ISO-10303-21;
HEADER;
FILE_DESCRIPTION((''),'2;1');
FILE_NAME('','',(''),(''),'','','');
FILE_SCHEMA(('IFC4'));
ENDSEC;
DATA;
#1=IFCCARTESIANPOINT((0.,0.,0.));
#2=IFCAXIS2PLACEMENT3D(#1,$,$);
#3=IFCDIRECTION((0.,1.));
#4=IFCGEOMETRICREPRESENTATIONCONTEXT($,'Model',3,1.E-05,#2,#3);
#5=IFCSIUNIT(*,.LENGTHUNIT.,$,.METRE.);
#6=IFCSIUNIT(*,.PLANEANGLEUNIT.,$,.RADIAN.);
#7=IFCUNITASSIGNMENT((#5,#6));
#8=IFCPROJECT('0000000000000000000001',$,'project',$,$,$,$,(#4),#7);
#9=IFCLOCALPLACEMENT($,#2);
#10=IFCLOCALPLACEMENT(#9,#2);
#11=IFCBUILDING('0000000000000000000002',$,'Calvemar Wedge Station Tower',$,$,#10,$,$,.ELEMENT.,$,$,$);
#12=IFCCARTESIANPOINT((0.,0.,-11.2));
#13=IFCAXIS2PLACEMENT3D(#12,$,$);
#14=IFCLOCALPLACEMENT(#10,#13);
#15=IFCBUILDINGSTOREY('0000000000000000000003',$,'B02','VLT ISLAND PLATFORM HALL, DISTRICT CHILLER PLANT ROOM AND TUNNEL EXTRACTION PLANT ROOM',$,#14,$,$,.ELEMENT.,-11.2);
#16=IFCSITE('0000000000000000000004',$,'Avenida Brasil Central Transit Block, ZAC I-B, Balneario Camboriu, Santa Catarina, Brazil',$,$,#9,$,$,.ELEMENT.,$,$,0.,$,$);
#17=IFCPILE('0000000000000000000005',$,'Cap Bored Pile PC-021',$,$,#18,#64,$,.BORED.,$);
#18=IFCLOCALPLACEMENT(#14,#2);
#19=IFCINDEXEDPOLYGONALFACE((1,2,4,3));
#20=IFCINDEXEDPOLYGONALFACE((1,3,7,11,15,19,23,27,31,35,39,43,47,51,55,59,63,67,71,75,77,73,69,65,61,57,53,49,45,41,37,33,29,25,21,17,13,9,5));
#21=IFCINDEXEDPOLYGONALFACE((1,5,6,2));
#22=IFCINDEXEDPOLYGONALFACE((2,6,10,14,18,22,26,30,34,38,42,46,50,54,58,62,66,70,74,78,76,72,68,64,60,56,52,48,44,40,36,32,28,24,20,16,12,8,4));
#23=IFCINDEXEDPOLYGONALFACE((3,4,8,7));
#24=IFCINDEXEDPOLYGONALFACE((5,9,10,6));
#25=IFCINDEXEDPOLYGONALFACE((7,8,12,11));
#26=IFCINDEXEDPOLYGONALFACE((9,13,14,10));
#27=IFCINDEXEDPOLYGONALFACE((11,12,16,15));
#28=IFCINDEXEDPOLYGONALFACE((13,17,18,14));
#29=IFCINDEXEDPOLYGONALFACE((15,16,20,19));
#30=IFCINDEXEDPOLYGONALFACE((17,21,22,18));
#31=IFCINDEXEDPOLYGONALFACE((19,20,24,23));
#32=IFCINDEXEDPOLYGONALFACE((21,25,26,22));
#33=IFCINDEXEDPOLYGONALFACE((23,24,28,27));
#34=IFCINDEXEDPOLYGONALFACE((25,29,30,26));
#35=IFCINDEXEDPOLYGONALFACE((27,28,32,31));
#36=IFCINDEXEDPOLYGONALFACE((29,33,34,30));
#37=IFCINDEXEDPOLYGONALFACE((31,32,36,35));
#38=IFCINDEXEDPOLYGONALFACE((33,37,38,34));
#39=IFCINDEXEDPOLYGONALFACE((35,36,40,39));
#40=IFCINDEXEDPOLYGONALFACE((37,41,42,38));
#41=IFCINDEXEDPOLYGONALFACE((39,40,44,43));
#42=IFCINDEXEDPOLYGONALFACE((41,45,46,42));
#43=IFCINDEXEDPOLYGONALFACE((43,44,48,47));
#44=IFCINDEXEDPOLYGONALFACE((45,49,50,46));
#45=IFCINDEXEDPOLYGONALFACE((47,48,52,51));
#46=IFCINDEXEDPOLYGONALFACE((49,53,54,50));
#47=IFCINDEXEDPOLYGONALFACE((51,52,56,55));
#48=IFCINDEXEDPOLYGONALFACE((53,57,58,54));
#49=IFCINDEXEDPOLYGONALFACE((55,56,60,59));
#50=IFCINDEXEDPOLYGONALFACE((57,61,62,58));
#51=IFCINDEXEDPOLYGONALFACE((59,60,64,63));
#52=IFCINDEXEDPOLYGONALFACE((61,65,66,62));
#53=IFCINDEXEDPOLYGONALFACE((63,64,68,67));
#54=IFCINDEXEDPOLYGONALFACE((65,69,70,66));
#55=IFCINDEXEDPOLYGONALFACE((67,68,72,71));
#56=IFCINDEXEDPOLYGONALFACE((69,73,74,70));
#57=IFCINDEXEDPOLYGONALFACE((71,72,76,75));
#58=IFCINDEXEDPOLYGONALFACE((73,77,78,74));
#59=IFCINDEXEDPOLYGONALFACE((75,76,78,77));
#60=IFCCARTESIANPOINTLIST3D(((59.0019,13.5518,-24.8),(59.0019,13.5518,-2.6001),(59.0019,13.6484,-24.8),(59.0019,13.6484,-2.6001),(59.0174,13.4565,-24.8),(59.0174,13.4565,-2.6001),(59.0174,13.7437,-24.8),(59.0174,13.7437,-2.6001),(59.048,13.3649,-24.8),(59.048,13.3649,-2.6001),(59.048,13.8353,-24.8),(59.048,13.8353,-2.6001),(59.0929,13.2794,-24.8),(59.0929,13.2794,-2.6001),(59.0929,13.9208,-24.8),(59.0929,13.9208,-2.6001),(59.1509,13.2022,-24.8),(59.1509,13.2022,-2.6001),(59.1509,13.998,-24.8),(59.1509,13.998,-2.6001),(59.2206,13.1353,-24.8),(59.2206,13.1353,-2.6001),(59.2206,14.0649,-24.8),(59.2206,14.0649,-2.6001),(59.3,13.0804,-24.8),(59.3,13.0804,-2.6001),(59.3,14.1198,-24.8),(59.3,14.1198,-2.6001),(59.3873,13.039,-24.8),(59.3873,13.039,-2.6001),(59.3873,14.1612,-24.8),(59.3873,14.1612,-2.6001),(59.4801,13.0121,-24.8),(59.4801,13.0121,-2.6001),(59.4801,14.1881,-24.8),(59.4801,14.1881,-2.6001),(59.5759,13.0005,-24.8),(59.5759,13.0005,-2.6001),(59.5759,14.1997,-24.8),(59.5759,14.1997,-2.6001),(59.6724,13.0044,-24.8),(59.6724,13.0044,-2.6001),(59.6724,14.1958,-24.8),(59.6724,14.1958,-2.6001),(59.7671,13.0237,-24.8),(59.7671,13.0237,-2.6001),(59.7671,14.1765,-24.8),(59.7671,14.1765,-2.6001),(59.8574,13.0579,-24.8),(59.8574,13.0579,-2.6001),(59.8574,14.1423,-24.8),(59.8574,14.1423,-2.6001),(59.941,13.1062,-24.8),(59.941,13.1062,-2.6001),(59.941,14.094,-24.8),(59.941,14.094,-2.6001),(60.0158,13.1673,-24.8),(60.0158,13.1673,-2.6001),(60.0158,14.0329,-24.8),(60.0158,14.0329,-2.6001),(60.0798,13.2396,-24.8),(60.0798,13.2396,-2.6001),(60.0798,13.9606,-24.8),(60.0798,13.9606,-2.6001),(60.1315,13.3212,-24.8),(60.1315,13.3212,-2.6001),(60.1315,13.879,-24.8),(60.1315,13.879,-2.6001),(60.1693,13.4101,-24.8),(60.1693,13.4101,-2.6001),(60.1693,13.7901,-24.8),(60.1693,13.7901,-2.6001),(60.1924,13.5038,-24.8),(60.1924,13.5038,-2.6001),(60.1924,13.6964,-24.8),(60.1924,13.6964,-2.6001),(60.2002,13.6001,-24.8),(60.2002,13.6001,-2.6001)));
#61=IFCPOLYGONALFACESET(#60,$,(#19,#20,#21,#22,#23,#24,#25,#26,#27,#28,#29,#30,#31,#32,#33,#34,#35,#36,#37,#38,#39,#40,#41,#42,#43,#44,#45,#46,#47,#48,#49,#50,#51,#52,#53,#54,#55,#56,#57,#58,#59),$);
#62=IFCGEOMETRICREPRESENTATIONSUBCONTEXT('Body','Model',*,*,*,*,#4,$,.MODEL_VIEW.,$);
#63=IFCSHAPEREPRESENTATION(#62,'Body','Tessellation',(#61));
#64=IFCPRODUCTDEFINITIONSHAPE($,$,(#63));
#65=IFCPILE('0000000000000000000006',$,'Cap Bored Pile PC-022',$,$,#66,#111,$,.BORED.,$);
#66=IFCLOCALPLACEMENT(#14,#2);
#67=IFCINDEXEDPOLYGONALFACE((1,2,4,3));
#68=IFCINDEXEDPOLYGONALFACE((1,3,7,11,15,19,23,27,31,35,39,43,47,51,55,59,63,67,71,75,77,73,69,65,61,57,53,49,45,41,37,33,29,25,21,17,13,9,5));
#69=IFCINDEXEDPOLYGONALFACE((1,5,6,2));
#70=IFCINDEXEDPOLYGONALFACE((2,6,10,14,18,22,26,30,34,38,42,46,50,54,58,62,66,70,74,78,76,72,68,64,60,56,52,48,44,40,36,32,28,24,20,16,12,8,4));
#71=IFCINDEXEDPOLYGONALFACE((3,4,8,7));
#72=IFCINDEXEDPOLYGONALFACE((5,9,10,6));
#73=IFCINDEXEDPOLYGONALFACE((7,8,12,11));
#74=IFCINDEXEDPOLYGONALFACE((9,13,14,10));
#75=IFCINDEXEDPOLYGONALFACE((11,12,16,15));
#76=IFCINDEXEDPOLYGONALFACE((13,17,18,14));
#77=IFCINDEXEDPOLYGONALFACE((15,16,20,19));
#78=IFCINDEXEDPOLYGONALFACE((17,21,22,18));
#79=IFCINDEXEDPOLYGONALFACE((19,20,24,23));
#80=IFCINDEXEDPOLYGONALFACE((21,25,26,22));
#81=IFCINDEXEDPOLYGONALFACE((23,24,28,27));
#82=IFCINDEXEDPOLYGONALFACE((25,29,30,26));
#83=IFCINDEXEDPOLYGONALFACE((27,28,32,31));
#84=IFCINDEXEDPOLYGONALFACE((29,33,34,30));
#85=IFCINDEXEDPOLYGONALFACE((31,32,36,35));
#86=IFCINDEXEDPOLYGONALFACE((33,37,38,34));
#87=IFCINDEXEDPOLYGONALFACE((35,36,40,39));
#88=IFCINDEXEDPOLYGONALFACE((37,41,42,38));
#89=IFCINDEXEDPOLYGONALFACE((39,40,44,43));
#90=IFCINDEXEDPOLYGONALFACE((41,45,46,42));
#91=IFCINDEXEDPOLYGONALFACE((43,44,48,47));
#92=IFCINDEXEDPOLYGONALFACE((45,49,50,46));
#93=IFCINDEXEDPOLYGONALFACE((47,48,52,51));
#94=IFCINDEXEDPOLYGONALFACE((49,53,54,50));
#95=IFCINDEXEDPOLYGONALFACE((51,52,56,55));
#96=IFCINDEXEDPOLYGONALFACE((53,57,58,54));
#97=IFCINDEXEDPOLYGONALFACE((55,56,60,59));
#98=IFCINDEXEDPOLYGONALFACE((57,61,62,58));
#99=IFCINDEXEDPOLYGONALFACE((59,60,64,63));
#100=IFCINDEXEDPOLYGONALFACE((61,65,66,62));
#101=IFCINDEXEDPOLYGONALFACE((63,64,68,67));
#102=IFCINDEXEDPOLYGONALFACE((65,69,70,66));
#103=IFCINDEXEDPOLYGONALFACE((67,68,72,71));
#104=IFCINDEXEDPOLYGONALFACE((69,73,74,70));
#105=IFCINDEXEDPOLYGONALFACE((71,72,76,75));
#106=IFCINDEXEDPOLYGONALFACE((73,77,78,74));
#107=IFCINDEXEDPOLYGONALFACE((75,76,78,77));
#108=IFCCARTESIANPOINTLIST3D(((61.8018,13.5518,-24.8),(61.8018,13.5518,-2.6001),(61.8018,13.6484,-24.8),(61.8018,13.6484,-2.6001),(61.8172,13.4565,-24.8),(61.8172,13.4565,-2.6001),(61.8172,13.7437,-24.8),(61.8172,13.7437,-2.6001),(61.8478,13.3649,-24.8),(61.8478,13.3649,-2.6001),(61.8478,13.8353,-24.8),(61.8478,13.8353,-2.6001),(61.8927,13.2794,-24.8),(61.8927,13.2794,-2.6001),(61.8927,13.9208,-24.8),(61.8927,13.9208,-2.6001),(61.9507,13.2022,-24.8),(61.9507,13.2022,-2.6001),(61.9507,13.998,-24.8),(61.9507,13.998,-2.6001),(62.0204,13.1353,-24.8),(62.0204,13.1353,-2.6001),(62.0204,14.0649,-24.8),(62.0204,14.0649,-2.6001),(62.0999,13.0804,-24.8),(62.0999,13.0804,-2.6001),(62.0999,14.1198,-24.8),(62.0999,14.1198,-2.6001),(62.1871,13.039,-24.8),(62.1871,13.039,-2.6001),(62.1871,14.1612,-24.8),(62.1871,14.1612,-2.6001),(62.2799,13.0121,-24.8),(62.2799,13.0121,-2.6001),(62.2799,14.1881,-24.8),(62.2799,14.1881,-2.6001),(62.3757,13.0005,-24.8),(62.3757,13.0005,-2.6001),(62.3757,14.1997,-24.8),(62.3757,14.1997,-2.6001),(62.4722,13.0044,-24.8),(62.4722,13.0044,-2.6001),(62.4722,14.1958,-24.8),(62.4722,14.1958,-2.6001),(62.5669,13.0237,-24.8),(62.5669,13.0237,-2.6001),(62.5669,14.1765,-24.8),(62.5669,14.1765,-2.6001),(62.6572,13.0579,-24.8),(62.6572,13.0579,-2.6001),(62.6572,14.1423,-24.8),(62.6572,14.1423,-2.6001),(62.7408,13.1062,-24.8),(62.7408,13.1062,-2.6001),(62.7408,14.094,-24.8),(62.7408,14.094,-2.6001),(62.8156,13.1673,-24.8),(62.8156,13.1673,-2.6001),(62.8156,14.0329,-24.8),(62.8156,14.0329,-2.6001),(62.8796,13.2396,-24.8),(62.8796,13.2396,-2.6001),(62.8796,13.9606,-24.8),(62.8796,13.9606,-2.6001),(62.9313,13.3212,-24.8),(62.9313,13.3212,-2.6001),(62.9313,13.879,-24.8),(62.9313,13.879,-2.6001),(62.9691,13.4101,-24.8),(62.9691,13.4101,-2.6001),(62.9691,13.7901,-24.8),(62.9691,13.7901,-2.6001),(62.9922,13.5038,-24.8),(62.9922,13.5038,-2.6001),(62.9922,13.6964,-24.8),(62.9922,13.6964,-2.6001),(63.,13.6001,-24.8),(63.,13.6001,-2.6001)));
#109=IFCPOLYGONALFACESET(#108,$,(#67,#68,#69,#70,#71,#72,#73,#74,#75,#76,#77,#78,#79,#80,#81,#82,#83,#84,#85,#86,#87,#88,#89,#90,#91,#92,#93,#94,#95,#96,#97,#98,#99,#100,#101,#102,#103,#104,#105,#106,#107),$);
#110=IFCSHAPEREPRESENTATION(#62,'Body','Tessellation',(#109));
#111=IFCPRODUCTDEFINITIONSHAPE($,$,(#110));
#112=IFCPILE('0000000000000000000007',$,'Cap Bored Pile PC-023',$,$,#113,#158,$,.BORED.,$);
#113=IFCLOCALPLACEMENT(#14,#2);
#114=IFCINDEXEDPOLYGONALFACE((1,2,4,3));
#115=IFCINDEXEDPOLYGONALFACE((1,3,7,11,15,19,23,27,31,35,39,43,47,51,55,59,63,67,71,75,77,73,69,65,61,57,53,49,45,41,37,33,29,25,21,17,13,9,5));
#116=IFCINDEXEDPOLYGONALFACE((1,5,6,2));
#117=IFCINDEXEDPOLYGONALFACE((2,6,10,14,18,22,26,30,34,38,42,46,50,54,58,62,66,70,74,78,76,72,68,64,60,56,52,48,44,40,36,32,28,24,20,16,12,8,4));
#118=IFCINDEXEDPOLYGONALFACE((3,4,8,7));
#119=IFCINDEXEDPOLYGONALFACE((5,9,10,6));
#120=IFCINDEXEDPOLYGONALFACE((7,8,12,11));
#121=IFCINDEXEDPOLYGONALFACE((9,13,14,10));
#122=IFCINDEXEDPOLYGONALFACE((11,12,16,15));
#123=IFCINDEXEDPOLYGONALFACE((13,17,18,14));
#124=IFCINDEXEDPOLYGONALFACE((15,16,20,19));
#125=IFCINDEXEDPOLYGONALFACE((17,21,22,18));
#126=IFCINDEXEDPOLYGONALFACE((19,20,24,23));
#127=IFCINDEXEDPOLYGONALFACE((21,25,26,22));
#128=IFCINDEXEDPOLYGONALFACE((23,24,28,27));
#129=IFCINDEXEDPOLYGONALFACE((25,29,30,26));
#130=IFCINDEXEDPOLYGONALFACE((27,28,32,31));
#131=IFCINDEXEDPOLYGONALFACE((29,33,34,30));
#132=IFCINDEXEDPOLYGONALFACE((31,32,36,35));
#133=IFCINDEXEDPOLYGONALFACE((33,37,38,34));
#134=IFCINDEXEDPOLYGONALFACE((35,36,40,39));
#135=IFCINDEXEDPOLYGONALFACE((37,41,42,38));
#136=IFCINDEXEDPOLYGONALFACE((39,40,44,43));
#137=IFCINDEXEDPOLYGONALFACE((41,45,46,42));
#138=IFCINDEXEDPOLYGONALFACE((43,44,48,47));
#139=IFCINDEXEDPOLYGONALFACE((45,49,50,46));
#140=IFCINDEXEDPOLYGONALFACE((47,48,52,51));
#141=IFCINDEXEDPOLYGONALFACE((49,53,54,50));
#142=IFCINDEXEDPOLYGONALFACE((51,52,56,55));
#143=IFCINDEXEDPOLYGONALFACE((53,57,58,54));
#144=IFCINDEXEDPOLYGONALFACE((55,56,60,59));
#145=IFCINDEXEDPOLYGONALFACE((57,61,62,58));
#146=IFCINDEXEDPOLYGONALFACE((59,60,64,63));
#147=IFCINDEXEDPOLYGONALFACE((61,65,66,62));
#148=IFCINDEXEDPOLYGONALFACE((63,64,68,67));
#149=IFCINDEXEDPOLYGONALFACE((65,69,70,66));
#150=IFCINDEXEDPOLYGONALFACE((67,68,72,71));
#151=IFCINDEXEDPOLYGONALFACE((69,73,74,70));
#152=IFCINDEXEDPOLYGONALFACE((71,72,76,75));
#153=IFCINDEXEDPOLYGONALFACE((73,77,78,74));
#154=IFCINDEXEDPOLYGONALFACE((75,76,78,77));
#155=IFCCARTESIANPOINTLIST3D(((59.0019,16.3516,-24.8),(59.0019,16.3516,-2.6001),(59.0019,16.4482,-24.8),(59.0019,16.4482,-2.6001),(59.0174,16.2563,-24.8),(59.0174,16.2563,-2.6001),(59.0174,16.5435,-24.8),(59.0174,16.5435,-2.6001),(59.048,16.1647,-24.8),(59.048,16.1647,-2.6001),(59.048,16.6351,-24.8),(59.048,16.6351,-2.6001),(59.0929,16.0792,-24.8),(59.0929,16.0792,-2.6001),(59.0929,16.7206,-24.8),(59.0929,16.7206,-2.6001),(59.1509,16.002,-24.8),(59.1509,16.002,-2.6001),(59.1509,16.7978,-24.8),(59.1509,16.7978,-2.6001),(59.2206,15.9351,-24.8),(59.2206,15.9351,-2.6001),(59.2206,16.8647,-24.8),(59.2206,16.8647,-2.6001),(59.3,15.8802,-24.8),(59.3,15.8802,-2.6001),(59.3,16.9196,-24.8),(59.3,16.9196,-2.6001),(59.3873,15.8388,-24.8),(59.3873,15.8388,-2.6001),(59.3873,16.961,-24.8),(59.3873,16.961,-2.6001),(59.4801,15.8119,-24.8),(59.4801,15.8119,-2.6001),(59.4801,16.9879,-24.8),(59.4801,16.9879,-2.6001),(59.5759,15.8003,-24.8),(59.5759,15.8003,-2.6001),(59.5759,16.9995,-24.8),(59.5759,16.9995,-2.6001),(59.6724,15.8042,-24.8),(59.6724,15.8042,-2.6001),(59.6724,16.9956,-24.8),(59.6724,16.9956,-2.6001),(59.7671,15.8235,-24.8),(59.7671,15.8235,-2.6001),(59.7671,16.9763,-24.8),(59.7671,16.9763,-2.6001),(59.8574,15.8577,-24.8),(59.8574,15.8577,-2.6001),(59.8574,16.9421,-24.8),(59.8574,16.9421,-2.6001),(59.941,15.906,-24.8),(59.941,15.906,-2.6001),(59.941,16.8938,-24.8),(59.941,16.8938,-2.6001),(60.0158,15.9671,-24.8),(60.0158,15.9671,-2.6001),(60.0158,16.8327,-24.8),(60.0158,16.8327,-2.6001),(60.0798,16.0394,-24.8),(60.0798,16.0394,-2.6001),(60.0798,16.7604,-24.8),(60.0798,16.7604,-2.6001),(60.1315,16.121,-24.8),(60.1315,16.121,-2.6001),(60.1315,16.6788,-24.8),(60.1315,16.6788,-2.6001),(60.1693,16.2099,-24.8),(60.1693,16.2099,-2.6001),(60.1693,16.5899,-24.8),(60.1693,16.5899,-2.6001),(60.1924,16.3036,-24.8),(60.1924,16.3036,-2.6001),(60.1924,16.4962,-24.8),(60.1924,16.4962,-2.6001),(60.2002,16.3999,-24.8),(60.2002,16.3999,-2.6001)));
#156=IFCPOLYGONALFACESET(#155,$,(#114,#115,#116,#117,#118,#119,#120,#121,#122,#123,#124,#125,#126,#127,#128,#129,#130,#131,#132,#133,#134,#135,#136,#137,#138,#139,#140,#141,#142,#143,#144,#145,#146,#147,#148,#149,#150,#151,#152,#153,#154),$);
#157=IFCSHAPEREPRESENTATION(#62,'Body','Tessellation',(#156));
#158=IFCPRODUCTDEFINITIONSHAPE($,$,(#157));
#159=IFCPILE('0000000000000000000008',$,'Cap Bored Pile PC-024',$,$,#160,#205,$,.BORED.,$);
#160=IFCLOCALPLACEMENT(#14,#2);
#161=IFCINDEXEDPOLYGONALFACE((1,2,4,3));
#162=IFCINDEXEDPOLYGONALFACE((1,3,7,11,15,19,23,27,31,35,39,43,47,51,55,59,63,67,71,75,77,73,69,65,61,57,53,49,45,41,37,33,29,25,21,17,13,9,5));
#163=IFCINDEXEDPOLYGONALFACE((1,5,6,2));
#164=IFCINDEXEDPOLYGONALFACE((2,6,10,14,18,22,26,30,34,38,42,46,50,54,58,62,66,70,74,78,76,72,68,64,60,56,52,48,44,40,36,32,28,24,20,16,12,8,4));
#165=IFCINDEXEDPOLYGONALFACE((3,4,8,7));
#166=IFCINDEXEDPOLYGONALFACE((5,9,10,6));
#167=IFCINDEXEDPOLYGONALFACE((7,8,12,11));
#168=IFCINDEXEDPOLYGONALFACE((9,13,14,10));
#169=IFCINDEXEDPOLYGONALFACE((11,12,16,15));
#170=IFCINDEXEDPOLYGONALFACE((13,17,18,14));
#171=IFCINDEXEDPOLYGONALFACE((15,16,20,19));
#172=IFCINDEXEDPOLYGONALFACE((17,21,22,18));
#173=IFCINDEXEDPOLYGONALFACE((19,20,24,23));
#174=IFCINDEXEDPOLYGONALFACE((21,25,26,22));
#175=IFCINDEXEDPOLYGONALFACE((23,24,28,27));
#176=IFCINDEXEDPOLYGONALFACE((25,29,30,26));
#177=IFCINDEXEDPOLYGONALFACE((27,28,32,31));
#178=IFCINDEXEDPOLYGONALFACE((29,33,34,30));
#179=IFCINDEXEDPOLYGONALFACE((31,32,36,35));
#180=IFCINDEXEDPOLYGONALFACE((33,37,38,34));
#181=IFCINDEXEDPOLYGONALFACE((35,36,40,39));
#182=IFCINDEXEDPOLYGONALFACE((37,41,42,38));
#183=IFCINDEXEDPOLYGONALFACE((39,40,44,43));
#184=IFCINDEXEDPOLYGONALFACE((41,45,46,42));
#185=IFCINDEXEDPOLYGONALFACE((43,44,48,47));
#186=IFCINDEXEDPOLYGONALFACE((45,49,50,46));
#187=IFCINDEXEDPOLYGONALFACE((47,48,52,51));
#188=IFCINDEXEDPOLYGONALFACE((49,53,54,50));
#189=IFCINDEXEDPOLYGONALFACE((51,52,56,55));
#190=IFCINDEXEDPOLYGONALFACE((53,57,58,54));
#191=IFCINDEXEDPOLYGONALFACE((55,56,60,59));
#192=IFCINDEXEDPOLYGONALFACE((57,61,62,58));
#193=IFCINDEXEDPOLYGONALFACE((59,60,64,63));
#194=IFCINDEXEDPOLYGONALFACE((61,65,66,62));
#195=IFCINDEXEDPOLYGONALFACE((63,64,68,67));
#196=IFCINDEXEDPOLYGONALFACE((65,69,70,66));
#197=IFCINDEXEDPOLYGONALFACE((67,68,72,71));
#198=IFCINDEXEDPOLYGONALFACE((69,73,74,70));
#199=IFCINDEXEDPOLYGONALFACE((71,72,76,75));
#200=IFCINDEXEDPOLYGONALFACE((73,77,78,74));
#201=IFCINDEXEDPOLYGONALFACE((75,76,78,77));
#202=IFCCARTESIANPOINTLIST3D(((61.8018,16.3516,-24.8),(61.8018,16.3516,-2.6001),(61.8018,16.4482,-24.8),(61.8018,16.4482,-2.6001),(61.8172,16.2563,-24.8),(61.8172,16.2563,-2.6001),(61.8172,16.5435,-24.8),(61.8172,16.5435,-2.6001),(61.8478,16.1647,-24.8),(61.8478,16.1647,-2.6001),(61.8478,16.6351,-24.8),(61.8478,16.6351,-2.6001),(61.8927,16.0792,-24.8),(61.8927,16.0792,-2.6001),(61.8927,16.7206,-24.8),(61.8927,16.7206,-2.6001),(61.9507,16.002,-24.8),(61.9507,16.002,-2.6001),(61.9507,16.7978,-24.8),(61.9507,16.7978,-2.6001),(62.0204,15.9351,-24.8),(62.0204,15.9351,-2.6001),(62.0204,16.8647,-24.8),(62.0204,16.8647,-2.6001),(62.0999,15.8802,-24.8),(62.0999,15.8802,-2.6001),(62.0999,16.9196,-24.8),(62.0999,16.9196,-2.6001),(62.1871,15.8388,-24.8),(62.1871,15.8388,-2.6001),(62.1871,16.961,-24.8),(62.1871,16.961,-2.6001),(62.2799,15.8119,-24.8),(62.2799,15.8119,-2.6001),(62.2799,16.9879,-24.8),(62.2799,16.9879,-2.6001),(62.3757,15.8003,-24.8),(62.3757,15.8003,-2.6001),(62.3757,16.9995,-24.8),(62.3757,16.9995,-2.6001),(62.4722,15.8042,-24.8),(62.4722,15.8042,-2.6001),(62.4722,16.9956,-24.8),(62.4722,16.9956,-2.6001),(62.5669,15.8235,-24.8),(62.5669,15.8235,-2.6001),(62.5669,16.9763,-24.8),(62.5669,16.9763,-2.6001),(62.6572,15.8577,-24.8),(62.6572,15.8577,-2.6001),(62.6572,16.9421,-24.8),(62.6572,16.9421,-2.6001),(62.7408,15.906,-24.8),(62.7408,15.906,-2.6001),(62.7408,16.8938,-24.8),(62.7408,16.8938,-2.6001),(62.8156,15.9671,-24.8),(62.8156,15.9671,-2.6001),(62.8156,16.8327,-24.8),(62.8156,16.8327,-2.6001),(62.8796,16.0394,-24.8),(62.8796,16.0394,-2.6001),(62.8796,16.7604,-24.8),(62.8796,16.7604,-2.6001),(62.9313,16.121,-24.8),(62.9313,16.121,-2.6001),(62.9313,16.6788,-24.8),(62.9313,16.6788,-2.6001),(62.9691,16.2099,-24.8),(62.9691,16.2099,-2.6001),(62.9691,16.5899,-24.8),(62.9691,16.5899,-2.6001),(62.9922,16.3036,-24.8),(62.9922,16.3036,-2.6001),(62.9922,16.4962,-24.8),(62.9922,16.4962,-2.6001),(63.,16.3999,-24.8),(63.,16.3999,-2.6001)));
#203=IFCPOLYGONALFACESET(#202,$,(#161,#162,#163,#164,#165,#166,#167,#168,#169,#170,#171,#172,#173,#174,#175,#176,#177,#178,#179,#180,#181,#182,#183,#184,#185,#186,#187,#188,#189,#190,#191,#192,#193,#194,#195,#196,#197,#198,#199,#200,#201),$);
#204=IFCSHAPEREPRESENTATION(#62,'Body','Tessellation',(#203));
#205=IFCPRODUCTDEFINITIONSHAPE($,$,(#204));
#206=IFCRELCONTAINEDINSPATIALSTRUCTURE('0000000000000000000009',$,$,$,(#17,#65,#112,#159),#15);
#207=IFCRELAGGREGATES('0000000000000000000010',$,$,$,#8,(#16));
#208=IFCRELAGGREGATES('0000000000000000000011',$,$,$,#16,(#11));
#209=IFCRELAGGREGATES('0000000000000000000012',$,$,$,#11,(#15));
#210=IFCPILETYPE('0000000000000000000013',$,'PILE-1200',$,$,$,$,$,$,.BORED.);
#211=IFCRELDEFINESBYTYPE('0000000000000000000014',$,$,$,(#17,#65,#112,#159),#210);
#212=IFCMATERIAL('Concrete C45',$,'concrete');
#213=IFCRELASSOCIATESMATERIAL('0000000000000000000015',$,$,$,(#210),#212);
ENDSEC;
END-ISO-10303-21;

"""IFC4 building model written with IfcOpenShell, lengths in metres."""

from ifc_helpers import new_model, si_unit, direction, frame, origin, origin_2d, place, context, subcontext, project, spatial, circle, extrude, material, material_profile, profile_set, type_object, element, save


model = new_model("IFC4")

# Units and contexts
model_context = context("Model", 3, precision=1e-05, world=origin(), true_north=direction((0.0, 1.0)))
body_context = subcontext(model_context, "Body", "Model", "MODEL_VIEW")
ifc_project = project(units=[si_unit("LENGTHUNIT", "METRE"), si_unit("PLANEANGLEUNIT", "RADIAN")], contexts=[model_context])

# Site, building, storey
site_placement = place(None, origin())
site = spatial("IfcSite", under=ifc_project, at=site_placement, Name="Avenida Brasil Central Transit Block, ZAC I-B, Balneario Camboriu, Santa Catarina, Brazil", CompositionType="ELEMENT", RefElevation=0.0)
building_placement = place(site_placement, origin())
building = spatial("IfcBuilding", under=site, at=building_placement, Name="Calvemar Wedge Station Tower", CompositionType="ELEMENT")
storey_placement = place(building_placement, frame((0.0, 0.0, -11.2)))
storey = spatial("IfcBuildingStorey", under=building, at=storey_placement, Name="B02", Description="VLT ISLAND PLATFORM HALL, DISTRICT CHILLER PLANT ROOM AND TUNNEL EXTRACTION PLANT ROOM", CompositionType="ELEMENT", Elevation=-11.2)

# Piles
ifc_material_1 = material(Name="Concrete C45", Category="concrete")
ifc_material_profile_1 = material_profile(ifc_material_1, circle(Radius=0.6001, at=origin_2d()), Name="PILE-D1200")
ifc_profile_set_1 = profile_set([ifc_material_profile_1], Name="Concrete C45")
pile_type = type_object("IfcPileType", Name="PILE-1200", PredefinedType="BORED", material=ifc_profile_set_1)
for number, where, z_axis, x_axis, name in (
    (1, (59.6001, 13.6001, -2.6001), (0.0, 0.0, -1.0), (1.0, 0.0, 0.0), "Cap Bored Pile PC-021"),
    (2, (62.3999, 13.6001, -2.6001), (0.0, 0.0, -1.0), (1.0, 0.0, 0.0), "Cap Bored Pile PC-022"),
    (3, (59.6001, 16.3999, -2.6001), (0.0, 0.0, -1.0), (1.0, 0.0, 0.0), "Cap Bored Pile PC-023"),
    (4, (62.3999, 16.3999, -2.6001), (0.0, 0.0, -1.0), (1.0, 0.0, 0.0), "Cap Bored Pile PC-024"),
):
    element("IfcPile", number, at=place(storey_placement, frame(where, z_axis=z_axis, x_axis=x_axis)), inside=storey, type_object=pile_type, Name=name, PredefinedType="BORED", context=body_context, shape_type="SweptSolid", body=[
        extrude(circle(Radius=0.6001, at=origin_2d()), origin(), (0.0, 0.0, 1.0), 22.2),
    ])

save(model, "model.ifc")
